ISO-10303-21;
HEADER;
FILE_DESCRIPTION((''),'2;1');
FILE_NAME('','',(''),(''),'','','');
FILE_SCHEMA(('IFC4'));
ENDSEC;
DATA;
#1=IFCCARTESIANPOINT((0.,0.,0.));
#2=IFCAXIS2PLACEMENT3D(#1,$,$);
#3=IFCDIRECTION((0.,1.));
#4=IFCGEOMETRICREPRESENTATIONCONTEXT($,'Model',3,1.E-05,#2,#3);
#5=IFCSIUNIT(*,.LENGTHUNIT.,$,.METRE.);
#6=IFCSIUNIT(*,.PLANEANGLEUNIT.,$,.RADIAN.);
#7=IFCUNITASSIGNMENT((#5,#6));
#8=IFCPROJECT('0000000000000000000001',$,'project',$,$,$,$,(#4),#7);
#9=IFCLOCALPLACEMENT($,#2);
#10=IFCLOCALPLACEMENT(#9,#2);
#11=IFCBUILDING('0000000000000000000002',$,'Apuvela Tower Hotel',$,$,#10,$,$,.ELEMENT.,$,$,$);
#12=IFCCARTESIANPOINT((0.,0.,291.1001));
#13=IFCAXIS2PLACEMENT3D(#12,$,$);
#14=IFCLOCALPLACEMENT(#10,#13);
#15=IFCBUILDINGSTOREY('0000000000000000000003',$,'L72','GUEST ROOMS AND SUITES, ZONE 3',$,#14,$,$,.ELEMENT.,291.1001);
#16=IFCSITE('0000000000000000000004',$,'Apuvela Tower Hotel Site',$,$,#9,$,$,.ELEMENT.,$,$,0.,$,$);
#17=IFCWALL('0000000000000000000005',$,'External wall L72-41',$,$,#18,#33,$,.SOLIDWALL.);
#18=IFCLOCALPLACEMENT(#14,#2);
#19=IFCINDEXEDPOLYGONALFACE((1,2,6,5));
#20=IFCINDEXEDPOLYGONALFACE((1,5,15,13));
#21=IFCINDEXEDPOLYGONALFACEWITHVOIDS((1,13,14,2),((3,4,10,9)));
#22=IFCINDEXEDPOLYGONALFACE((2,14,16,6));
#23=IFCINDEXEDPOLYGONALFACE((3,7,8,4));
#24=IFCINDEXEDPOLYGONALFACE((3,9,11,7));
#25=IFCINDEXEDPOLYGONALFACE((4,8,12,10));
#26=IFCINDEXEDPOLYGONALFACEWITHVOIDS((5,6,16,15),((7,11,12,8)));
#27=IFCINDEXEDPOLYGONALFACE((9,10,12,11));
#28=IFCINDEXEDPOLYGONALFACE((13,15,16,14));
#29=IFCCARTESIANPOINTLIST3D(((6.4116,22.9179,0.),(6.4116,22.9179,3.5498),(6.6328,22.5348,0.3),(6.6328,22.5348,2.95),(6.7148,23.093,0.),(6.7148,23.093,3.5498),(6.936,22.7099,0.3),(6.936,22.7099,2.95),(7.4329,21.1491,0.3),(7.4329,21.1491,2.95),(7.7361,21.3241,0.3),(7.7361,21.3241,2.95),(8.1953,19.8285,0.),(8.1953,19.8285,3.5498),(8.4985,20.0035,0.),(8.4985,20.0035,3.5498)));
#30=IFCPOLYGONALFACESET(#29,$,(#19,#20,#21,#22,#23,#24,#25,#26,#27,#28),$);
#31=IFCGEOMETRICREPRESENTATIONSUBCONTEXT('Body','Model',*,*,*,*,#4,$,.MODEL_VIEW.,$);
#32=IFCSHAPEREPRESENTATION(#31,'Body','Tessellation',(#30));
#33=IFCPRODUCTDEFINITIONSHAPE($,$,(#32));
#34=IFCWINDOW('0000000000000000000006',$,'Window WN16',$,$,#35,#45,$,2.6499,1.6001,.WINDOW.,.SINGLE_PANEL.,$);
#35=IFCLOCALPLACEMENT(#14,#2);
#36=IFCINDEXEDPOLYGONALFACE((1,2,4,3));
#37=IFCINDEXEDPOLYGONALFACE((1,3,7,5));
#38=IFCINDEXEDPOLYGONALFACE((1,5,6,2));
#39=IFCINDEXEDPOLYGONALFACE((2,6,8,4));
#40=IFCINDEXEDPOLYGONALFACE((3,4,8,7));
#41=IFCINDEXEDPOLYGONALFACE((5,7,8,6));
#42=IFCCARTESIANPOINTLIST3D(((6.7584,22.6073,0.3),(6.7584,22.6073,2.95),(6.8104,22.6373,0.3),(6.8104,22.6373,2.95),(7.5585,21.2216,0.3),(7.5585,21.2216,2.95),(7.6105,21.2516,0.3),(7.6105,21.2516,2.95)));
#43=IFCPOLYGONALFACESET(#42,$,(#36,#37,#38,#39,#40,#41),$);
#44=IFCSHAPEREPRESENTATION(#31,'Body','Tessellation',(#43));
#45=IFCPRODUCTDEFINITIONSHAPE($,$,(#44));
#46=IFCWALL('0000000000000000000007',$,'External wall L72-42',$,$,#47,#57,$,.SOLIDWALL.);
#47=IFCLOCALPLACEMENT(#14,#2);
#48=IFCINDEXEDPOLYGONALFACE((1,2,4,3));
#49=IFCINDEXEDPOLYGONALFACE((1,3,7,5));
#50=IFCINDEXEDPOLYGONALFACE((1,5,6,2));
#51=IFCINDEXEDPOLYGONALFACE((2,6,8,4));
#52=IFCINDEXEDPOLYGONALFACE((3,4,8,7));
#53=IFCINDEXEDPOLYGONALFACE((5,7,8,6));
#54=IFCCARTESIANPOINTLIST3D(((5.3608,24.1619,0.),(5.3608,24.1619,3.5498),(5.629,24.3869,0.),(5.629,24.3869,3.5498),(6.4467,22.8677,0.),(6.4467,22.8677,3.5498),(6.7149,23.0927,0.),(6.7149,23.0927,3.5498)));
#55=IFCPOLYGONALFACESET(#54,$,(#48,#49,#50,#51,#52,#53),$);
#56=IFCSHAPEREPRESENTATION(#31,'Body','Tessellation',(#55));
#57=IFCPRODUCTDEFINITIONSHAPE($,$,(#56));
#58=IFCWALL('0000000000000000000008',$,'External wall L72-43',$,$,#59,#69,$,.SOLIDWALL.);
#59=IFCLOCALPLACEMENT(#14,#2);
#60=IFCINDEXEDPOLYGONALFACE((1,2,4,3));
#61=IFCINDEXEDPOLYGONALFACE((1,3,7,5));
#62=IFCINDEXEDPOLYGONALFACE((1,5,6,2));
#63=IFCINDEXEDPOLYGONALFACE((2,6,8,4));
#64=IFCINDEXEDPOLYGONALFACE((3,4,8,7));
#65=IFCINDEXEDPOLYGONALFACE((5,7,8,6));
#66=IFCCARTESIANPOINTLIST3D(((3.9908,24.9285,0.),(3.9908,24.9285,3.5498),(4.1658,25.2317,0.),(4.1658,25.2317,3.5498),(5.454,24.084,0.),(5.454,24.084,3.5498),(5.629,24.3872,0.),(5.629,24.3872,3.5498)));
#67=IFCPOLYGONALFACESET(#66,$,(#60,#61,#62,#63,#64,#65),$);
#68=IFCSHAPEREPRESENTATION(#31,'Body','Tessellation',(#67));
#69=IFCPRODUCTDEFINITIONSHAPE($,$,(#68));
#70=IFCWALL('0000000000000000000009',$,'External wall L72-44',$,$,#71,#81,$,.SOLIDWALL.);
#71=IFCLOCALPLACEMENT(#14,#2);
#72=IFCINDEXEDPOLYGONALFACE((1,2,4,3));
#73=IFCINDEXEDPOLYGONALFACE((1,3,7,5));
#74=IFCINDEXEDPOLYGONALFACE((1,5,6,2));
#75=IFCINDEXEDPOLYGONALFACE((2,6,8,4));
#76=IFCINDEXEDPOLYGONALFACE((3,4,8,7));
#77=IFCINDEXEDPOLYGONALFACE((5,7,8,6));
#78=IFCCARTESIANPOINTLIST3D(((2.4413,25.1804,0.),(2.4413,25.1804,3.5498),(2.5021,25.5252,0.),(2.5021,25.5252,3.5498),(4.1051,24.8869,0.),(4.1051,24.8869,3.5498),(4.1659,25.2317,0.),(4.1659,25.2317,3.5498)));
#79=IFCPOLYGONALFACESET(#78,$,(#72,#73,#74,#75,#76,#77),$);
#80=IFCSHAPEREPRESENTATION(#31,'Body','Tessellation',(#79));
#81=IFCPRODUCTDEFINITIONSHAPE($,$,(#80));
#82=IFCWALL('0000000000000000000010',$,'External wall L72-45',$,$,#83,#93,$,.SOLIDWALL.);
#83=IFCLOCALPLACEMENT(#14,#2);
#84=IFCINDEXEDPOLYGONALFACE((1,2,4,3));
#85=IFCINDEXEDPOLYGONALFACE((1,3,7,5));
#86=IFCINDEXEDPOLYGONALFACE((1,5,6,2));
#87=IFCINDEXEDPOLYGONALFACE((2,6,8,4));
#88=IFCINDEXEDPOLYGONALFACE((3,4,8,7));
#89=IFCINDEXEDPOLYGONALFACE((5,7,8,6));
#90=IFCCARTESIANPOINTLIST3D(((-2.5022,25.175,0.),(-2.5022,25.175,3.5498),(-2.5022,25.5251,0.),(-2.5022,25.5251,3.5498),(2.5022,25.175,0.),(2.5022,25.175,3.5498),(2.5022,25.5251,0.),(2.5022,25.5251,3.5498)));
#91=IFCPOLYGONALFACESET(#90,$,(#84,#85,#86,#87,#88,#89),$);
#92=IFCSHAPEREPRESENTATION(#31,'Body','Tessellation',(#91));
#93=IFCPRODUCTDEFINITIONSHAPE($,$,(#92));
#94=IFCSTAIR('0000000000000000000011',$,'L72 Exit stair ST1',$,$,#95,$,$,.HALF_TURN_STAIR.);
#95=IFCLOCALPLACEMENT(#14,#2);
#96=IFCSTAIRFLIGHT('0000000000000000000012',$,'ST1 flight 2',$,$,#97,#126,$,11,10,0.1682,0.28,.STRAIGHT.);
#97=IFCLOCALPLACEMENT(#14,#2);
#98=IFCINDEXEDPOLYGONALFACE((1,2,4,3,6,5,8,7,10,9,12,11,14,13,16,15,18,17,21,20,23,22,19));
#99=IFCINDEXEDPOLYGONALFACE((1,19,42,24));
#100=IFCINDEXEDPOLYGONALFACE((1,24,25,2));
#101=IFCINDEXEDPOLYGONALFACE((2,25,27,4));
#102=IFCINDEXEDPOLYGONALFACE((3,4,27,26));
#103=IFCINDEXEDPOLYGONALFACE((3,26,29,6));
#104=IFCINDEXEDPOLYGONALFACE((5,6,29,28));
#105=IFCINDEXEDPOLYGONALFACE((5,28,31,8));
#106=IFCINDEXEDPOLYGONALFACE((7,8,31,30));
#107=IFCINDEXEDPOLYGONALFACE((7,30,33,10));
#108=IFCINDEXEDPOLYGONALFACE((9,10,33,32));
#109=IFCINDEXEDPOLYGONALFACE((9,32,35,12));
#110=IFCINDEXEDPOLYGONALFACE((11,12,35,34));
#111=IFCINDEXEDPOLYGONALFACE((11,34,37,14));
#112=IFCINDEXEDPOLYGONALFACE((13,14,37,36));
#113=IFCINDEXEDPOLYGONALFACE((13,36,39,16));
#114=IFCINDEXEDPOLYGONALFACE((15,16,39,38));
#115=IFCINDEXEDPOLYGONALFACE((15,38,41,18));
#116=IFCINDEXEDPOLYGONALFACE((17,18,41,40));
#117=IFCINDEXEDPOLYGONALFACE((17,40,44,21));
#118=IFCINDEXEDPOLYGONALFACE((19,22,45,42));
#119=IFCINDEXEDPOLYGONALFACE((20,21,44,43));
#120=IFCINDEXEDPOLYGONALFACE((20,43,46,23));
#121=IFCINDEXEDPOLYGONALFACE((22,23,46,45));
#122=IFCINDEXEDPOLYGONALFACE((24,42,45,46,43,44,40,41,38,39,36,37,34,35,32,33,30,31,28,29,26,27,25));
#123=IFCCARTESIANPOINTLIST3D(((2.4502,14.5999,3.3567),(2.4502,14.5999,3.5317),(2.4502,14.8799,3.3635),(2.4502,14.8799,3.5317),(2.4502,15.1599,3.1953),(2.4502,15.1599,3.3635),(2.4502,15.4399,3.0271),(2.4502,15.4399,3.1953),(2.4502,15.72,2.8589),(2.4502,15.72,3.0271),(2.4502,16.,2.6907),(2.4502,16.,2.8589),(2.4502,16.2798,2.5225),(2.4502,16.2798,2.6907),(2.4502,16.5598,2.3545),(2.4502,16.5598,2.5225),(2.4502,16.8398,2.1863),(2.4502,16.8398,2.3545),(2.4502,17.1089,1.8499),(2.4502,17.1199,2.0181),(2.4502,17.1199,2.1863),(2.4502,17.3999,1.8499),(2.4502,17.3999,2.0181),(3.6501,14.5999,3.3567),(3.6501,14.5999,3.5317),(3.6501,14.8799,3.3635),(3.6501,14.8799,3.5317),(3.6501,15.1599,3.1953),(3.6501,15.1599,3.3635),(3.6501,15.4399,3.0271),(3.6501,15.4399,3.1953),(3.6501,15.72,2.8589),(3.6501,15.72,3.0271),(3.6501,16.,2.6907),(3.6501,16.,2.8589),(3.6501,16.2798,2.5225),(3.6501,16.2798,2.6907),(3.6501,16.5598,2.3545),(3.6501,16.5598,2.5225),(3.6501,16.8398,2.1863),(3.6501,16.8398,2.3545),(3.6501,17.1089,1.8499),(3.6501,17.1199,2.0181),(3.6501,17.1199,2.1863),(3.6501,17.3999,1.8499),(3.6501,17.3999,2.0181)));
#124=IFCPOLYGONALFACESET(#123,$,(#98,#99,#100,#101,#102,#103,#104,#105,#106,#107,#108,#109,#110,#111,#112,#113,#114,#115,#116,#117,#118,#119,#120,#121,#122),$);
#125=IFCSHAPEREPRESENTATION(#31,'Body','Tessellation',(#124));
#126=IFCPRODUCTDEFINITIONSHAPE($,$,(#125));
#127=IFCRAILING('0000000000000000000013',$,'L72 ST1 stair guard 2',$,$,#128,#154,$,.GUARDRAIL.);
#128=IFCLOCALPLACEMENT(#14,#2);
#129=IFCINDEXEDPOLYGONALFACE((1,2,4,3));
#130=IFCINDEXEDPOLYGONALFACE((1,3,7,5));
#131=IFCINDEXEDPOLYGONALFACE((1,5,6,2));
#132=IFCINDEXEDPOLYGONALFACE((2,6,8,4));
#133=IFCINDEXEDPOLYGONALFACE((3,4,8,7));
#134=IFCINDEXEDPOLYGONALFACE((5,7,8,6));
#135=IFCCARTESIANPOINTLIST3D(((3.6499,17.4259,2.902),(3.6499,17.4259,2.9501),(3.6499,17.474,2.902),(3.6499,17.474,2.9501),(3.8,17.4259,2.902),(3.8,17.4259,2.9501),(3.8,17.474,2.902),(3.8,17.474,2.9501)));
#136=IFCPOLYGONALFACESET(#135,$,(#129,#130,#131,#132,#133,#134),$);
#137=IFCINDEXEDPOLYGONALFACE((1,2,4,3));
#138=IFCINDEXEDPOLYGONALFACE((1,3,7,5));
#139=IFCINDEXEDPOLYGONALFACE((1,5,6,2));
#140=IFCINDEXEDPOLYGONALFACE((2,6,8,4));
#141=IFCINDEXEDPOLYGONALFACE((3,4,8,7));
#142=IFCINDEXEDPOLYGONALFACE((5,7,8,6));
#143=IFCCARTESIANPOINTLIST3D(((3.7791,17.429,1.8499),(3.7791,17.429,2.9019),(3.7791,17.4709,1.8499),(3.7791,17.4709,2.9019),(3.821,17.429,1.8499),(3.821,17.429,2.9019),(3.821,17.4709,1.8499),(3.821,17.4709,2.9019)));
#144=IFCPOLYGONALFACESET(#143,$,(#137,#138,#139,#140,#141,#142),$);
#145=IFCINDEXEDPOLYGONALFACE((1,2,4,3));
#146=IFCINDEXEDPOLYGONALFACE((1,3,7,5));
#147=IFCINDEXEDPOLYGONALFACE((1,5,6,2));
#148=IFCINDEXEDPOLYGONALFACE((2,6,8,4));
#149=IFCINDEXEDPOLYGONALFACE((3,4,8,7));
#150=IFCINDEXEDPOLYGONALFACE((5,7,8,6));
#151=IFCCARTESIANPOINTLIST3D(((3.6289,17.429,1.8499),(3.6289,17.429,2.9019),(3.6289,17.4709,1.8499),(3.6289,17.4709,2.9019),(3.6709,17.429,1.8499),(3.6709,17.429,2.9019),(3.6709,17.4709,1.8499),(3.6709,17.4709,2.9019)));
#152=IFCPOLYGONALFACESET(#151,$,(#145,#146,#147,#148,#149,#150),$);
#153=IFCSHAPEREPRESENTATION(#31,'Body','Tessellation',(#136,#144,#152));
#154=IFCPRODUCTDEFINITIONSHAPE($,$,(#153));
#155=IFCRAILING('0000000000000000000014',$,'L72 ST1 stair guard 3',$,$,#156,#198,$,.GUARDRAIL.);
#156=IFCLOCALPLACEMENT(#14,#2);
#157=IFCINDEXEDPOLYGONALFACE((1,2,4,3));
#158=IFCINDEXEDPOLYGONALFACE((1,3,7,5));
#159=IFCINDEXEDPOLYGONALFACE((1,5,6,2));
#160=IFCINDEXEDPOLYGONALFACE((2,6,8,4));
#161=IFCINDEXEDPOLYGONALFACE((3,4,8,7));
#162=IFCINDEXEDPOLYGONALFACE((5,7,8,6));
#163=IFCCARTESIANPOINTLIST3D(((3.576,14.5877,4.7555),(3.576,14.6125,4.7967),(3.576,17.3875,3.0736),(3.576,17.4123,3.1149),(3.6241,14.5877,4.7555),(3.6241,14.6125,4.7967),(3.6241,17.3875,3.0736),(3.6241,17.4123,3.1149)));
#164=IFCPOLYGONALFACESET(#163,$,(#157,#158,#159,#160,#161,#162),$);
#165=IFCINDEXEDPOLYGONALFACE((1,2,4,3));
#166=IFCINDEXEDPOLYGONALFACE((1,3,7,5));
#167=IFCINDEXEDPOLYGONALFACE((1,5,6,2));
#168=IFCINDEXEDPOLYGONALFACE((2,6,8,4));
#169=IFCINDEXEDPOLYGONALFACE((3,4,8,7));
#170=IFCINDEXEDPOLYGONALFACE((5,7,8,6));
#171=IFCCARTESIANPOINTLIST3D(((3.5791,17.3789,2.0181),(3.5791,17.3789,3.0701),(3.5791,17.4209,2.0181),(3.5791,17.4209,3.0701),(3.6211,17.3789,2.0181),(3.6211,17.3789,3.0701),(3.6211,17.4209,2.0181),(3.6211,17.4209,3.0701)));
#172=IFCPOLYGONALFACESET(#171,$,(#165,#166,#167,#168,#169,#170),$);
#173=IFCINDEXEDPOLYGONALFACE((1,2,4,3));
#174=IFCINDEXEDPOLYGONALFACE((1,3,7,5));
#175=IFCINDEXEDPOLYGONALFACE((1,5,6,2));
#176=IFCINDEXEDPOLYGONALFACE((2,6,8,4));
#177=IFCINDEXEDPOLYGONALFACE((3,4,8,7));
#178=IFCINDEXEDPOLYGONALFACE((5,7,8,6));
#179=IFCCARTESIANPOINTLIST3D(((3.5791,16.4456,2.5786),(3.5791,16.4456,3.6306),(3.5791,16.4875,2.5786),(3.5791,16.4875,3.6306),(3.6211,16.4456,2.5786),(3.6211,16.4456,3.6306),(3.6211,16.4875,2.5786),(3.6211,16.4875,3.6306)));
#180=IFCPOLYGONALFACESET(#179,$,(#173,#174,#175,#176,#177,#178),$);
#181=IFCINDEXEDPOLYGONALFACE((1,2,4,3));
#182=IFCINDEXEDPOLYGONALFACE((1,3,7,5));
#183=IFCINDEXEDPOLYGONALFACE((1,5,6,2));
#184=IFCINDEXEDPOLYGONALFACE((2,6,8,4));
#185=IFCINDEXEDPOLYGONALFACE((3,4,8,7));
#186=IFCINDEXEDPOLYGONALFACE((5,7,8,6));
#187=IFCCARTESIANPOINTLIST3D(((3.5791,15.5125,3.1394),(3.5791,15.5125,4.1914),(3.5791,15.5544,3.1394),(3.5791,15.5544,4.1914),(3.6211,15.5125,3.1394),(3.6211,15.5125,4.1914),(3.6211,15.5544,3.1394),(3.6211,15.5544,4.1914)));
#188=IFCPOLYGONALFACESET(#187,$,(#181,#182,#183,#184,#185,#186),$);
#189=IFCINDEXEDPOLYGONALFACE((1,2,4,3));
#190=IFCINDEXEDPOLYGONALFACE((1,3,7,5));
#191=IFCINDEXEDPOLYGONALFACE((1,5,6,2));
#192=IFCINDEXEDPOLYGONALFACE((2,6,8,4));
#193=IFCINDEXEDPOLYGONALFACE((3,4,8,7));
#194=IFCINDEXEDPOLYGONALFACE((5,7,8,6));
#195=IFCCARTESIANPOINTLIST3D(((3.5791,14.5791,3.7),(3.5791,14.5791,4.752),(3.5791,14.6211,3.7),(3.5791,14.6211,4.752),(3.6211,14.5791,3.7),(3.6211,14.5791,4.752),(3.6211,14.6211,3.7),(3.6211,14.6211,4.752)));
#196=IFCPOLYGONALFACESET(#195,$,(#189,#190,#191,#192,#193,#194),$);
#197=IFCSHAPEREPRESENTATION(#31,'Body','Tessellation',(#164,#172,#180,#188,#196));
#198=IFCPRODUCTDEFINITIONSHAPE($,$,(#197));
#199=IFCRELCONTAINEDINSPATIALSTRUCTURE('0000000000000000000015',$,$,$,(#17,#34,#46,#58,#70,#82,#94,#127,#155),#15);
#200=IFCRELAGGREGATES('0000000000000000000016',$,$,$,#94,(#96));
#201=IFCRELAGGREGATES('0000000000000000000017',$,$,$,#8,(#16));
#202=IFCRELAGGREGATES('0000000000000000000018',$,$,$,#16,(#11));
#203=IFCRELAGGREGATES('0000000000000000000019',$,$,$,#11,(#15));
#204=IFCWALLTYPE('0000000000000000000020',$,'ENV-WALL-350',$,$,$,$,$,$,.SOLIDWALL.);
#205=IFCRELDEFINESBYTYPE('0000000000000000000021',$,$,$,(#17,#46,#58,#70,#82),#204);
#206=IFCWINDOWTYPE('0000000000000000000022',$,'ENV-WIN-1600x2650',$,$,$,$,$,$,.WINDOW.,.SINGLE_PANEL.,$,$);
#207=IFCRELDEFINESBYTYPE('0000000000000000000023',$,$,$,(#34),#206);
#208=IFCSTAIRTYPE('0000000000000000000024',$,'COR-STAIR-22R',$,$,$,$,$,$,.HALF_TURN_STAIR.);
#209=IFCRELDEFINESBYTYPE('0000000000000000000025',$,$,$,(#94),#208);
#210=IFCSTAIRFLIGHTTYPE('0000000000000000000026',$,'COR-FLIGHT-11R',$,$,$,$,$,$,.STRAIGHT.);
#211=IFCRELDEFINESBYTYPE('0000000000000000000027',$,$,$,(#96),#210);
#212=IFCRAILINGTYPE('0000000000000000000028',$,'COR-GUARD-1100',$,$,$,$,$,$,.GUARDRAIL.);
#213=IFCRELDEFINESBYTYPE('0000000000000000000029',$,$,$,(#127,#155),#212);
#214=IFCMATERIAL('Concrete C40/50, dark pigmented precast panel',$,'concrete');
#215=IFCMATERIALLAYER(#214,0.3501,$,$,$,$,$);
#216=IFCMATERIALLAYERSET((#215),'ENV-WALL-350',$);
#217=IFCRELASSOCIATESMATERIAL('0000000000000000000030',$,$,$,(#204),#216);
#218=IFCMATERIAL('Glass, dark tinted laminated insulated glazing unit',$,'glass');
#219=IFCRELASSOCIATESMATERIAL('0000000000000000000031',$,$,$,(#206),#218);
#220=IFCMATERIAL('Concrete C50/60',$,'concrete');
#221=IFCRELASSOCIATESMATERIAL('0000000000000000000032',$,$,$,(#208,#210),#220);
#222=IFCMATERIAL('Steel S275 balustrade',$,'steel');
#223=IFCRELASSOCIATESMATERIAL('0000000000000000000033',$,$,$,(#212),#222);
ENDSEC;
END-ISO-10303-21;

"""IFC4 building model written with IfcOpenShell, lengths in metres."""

from ifc_helpers import new_model, si_unit, direction, frame, frame_2d, origin, origin_2d, place, context, subcontext, project, spatial, polyline, rectangle, outline, extrude, material, layer, layer_set, type_object, element, fill, aggregate, save


model = new_model("IFC4")

# Units and contexts
model_context = context("Model", 3, precision=1e-05, world=origin(), true_north=direction((0.0, 1.0)))
body_context = subcontext(model_context, "Body", "Model", "MODEL_VIEW")
ifc_project = project(units=[si_unit("LENGTHUNIT", "METRE"), si_unit("PLANEANGLEUNIT", "RADIAN")], contexts=[model_context])

# Site, building, storey
site_placement = place(None, origin())
site = spatial("IfcSite", under=ifc_project, at=site_placement, Name="Apuvela Tower Hotel Site", CompositionType="ELEMENT", RefElevation=0.0)
building_placement = place(site_placement, origin())
building = spatial("IfcBuilding", under=site, at=building_placement, Name="Apuvela Tower Hotel", CompositionType="ELEMENT")
storey_placement = place(building_placement, frame((0.0, 0.0, 291.1001)))
storey = spatial("IfcBuildingStorey", under=building, at=storey_placement, Name="L72", Description="GUEST ROOMS AND SUITES, ZONE 3", CompositionType="ELEMENT", Elevation=291.1001)

# Shared definitions
ifc_material_1 = material(Name="Concrete C50/60", Category="concrete")
ifc_material_2 = material(Name="Concrete C40/50, dark pigmented precast panel", Category="concrete")
ifc_layer_1 = layer(ifc_material_2, 0.3501)
ifc_layer_set_1 = layer_set([ifc_layer_1], Name="ENV-WALL-350")
wall_type_1 = type_object("IfcWallType", Name="ENV-WALL-350", PredefinedType="SOLIDWALL", material=ifc_layer_set_1)

# Wall, opening, window
wall_1_placement = place(storey_placement, frame((8.3469, 19.916, 0.0), z_axis=(0.0, 0.0, 1.0), x_axis=(-0.500011, 0.866019, 0.0)))
wall_1 = element("IfcWall", 1, at=wall_1_placement, inside=storey, type_object=wall_type_1, Name="External wall L72-41", PredefinedType="SOLIDWALL", context=body_context, shape_type="SweptSolid", body=[
    extrude(rectangle(XDim=3.5674, YDim=0.3501, at=frame_2d((1.7837, 0.0))), origin(), (0.0, 0.0, 1.0), 3.5498),
])
opening_1_placement = place(wall_1_placement, frame((1.5249, 0.0, 0.3)))
opening_1 = element("IfcOpeningElement", 2, at=opening_1_placement, cuts=wall_1, PredefinedType="OPENING", context=body_context, shape_type="SweptSolid", body=[
    extrude(rectangle(XDim=1.6001, YDim=2.6499, at=frame_2d((0.8, 1.325))), frame((0.0, 0.1851, 0.0), z_axis=(0.0, -1.0, 0.0), x_axis=(1.0, 0.0, 0.0)), (0.0, 0.0, 1.0), 0.3701),
])
ifc_material_3 = material(Name="Glass, dark tinted laminated insulated glazing unit", Category="glass")
window_type = type_object("IfcWindowType", Name="ENV-WIN-1600x2650", PartitioningType="SINGLE_PANEL", PredefinedType="WINDOW", material=ifc_material_3)
window_placement = place(opening_1_placement, origin())
window = element("IfcWindow", 3, at=window_placement, inside=storey, type_object=window_type, Name="Window WN16", OverallHeight=2.6499, OverallWidth=1.6001, PartitioningType="SINGLE_PANEL", PredefinedType="WINDOW", context=body_context, shape_type="SweptSolid", body=[
    extrude(rectangle(XDim=1.6001, YDim=2.6499, at=frame_2d((0.8, 1.325))), frame((0.0, 0.03, 0.0), z_axis=(0.0, -1.0, 0.0), x_axis=(1.0, 0.0, 0.0)), (0.0, 0.0, 1.0), 0.0601),
])
fill(opening_1, window)

# Walls
for number, where, z_axis, x_axis, name in (
    (4, (6.5808, 22.9802, 0.0), (0.0, 0.0, 1.0), (-0.642782, 0.766049, 0.0), "External wall L72-42"),
    (5, (5.5415, 24.2356, 0.0), (0.0, 0.0, 1.0), (-0.866092, 0.499885, 0.0), "External wall L72-43"),
    (6, (4.1355, 25.0593, 0.0), (0.0, 0.0, 1.0), (-0.9848, 0.173695, 0.0), "External wall L72-44"),
):
    element("IfcWall", number, at=place(storey_placement, frame(where, z_axis=z_axis, x_axis=x_axis)), inside=storey, type_object=wall_type_1, Name=name, PredefinedType="SOLIDWALL", context=body_context, shape_type="SweptSolid", body=[
        extrude(rectangle(XDim=1.6895, YDim=0.3501, at=frame_2d((0.8447, 0.0))), origin(), (0.0, 0.0, 1.0), 3.5498),
    ])
wall_2_placement = place(storey_placement, frame((2.5022, 25.3501, 0.0), z_axis=(0.0, 0.0, 1.0), x_axis=(-1.0, 0.0, 0.0)))
element("IfcWall", 7, at=wall_2_placement, inside=storey, type_object=wall_type_1, Name="External wall L72-45", PredefinedType="SOLIDWALL", context=body_context, shape_type="SweptSolid", body=[
    extrude(rectangle(XDim=5.0044, YDim=0.3501, at=frame_2d((2.5022, 0.0))), origin(), (0.0, 0.0, 1.0), 3.5498),
])

# Stair, stair flight
stair_type = type_object("IfcStairType", Name="COR-STAIR-22R", PredefinedType="HALF_TURN_STAIR", material=ifc_material_1)
stair_placement = place(storey_placement, origin())
stair = element("IfcStair", 8, at=stair_placement, inside=storey, type_object=stair_type, Name="L72 Exit stair ST1", PredefinedType="HALF_TURN_STAIR")
stair_flight_type = type_object("IfcStairFlightType", Name="COR-FLIGHT-11R", PredefinedType="STRAIGHT", material=ifc_material_1)
stair_flight_placement = place(storey_placement, frame((3.05, 17.3999, 1.8499), z_axis=(0.0, 0.0, 1.0), x_axis=(0.0, -1.0, 0.0)))
stair_flight = element("IfcStairFlight", 9, at=stair_flight_placement, type_object=stair_flight_type, Name="ST1 flight 2", NumberOfRisers=11, NumberOfTreads=10, PredefinedType="STRAIGHT", RiserHeight=0.1682, TreadLength=0.28, context=body_context, shape_type="SweptSolid", body=[
    extrude(outline(polyline([(0.0, 0.0), (0.0, 0.1682), (0.28, 0.1682), (0.28, 0.3364), (0.5601, 0.3364), (0.5601, 0.5046), (0.8401, 0.5046), (0.8401, 0.6726), (1.1201, 0.6726), (1.1201, 0.8408), (1.3999, 0.8408), (1.3999, 1.009), (1.6799, 1.009), (1.6799, 1.1772), (1.96, 1.1772), (1.96, 1.3455), (2.24, 1.3455), (2.24, 1.5137), (2.52, 1.5137), (2.52, 1.6819), (2.8, 1.6819), (2.8, 1.8501), (2.8, 1.5068), (0.291, 0.0), (0.0, 0.0)])), frame((0.0, 0.6001, 0.0), z_axis=(0.0, -1.0, 0.0), x_axis=(1.0, 0.0, 0.0)), (0.0, 0.0, 1.0), 1.2),
])
aggregate(stair, [stair_flight])

# Railings
ifc_material_4 = material(Name="Steel S275 balustrade", Category="steel")
railing_type_1 = type_object("IfcRailingType", Name="COR-GUARD-1100", PredefinedType="GUARDRAIL", material=ifc_material_4)
railing_1_placement = place(storey_placement, frame((3.8, 17.45, 1.8499)))
element("IfcRailing", 10, at=railing_1_placement, inside=storey, type_object=railing_type_1, Name="L72 ST1 stair guard 2", PredefinedType="GUARDRAIL", context=body_context, shape_type="SweptSolid", body=[
    extrude(rectangle(XDim=0.0481, YDim=0.0481, at=origin_2d()), frame((0.0, 0.0, 1.0762), z_axis=(-1.0, 0.0, 0.0), x_axis=(0.0, -1.0, 0.0)), (0.0, 0.0, 1.0), 0.1501),
    extrude(rectangle(XDim=0.042, YDim=0.042, at=origin_2d()), origin(), (0.0, 0.0, 1.0), 1.052),
    extrude(rectangle(XDim=0.042, YDim=0.042, at=origin_2d()), frame((-0.1501, 0.0, 0.0)), (0.0, 0.0, 1.0), 1.052),
])
railing_2_placement = place(storey_placement, frame((3.6001, 17.3999, 2.0181)))
element("IfcRailing", 11, at=railing_2_placement, inside=storey, type_object=railing_type_1, Name="L72 ST1 stair guard 3", PredefinedType="GUARDRAIL", context=body_context, shape_type="SweptSolid", body=[
    extrude(rectangle(XDim=0.0481, YDim=0.0481, at=origin_2d()), frame((0.0, 0.0, 1.0762), z_axis=(0.0, -0.857222, 0.514946), x_axis=(1.0, 0.0, 0.0)), (0.0, 0.0, 1.0), 3.2661),
    extrude(rectangle(XDim=0.042, YDim=0.042, at=origin_2d()), origin(), (0.0, 0.0, 1.0), 1.052),
    extrude(rectangle(XDim=0.042, YDim=0.042, at=origin_2d()), frame((0.0, -0.9333, 0.5605)), (0.0, 0.0, 1.0), 1.052),
    extrude(rectangle(XDim=0.042, YDim=0.042, at=origin_2d()), frame((0.0, -1.8665, 1.1213)), (0.0, 0.0, 1.0), 1.052),
    extrude(rectangle(XDim=0.042, YDim=0.042, at=origin_2d()), frame((0.0, -2.7998, 1.6819)), (0.0, 0.0, 1.0), 1.052),
])

save(model, "model.ifc")
